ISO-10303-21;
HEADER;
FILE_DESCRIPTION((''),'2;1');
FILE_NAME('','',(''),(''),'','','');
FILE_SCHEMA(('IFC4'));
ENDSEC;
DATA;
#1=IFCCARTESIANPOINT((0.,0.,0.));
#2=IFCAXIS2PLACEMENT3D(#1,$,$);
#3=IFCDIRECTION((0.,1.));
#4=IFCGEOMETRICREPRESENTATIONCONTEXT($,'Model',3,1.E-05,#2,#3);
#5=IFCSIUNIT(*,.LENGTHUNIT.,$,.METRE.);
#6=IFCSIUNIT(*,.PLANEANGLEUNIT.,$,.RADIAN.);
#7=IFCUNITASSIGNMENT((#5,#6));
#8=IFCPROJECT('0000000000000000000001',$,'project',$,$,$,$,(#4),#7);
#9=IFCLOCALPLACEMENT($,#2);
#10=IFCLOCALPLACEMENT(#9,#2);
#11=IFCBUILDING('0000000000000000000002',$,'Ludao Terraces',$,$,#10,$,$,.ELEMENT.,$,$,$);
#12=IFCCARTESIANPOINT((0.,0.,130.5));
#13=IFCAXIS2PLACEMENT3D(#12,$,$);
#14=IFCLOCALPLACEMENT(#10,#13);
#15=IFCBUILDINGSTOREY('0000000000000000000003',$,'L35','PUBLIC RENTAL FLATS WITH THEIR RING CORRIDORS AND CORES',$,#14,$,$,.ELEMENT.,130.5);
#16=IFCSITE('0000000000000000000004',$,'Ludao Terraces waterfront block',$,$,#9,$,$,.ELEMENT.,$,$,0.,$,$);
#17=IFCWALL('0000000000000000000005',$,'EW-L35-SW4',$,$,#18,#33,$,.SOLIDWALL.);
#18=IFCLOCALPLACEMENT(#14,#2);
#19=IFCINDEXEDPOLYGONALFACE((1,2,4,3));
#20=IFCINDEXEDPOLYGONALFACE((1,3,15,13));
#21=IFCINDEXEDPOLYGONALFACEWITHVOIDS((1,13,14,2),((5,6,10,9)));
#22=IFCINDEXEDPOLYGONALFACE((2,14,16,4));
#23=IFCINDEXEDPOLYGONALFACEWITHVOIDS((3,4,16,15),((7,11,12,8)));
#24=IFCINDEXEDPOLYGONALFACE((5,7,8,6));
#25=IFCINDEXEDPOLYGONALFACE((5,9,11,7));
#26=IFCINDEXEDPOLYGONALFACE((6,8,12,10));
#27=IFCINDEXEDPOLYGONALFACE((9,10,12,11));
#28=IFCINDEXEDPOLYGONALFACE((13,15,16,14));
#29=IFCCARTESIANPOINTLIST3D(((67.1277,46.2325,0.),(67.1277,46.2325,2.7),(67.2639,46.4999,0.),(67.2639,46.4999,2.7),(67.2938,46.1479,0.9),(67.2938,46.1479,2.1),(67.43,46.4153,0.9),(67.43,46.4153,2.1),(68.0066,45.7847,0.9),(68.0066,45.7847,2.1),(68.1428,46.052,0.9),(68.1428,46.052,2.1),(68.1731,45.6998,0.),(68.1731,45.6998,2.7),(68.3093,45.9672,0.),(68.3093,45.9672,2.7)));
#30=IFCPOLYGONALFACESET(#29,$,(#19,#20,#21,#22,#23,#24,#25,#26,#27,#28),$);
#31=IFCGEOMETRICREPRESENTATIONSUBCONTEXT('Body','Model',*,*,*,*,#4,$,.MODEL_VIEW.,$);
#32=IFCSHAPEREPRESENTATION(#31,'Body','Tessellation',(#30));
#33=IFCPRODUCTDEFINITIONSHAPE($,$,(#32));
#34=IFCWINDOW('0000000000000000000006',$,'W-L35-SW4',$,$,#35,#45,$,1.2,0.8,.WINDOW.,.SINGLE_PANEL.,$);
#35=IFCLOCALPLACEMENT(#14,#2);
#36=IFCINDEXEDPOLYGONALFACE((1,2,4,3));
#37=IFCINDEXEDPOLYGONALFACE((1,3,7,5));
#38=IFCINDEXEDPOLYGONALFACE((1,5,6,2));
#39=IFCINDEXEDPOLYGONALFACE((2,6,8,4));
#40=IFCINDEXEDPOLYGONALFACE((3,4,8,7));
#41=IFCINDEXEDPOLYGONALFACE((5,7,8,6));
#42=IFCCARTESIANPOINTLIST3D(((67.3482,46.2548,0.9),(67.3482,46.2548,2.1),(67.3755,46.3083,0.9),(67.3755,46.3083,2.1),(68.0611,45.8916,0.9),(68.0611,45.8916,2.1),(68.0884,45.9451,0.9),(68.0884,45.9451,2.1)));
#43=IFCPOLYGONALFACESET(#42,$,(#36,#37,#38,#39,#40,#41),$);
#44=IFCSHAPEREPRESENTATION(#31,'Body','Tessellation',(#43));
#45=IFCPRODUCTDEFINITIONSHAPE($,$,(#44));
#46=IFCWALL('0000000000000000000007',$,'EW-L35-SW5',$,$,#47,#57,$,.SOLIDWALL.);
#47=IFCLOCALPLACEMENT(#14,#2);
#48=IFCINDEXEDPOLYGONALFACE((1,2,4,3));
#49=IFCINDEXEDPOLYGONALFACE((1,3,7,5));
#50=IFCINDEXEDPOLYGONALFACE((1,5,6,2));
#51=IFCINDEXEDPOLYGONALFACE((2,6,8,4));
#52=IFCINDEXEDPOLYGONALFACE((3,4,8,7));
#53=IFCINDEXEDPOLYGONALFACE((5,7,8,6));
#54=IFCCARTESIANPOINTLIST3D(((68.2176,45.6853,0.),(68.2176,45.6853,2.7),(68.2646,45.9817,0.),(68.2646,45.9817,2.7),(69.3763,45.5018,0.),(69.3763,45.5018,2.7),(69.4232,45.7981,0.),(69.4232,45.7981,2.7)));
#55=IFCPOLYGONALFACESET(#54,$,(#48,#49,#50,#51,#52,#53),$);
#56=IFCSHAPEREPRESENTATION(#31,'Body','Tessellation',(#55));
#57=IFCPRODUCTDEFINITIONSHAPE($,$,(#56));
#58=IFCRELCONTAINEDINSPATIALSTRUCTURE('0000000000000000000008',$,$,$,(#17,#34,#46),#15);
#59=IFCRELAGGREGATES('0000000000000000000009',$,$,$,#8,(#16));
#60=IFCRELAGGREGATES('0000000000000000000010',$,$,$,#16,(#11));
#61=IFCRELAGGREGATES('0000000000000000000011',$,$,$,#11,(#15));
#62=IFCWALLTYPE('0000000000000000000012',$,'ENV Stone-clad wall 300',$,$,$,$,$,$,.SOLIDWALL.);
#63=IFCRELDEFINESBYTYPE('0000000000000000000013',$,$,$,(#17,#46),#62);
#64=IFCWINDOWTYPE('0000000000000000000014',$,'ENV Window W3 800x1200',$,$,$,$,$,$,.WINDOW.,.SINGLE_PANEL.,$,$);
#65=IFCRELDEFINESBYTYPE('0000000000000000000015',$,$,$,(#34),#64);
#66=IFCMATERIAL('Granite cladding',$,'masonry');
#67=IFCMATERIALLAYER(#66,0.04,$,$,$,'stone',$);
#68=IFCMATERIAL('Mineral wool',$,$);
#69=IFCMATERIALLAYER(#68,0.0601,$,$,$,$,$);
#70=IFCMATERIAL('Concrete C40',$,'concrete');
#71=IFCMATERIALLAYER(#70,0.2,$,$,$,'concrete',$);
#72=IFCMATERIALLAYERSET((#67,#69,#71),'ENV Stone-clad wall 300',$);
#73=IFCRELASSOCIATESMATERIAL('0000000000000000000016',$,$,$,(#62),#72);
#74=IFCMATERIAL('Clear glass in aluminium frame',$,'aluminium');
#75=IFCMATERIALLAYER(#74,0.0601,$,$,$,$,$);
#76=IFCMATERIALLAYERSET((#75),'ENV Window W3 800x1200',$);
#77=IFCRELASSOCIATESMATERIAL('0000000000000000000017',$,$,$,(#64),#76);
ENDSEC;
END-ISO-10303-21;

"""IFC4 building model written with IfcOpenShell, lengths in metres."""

from ifc_helpers import new_model, si_unit, direction, frame, frame_2d, origin, place, context, subcontext, project, spatial, rectangle, extrude, material, layer, layer_set, type_object, element, fill, save


model = new_model("IFC4")

# Units and contexts
model_context = context("Model", 3, precision=1e-05, world=origin(), true_north=direction((0.0, 1.0)))
body_context = subcontext(model_context, "Body", "Model", "MODEL_VIEW")
ifc_project = project(units=[si_unit("LENGTHUNIT", "METRE"), si_unit("PLANEANGLEUNIT", "RADIAN")], contexts=[model_context])

# Site, building, storey
site_placement = place(None, origin())
site = spatial("IfcSite", under=ifc_project, at=site_placement, Name="Ludao Terraces waterfront block", CompositionType="ELEMENT", RefElevation=0.0)
building_placement = place(site_placement, origin())
building = spatial("IfcBuilding", under=site, at=building_placement, Name="Ludao Terraces", CompositionType="ELEMENT")
storey_placement = place(building_placement, frame((0.0, 0.0, 130.5)))
storey = spatial("IfcBuildingStorey", under=building, at=storey_placement, Name="L35", Description="PUBLIC RENTAL FLATS WITH THEIR RING CORRIDORS AND CORES", CompositionType="ELEMENT", Elevation=130.5)

# Shared definitions
ifc_material_1 = material(Name="Concrete C40", Category="concrete")

# Shared definitions
ifc_material_2 = material(Name="Granite cladding", Category="masonry")
ifc_layer_1 = layer(ifc_material_2, 0.04, Category="stone")
ifc_material_3 = material(Name="Mineral wool")
ifc_layer_2 = layer(ifc_material_3, 0.0601)
ifc_layer_3 = layer(ifc_material_1, 0.2, Category="concrete")
ifc_layer_set_1 = layer_set([ifc_layer_1, ifc_layer_2, ifc_layer_3], Name="ENV Stone-clad wall 300")
wall_type_1 = type_object("IfcWallType", Name="ENV Stone-clad wall 300", PredefinedType="SOLIDWALL", material=ifc_layer_set_1)
ifc_material_4 = material(Name="Clear glass in aluminium frame", Category="aluminium")

# Wall, opening, window
ifc_layer_4 = layer(ifc_material_4, 0.0601)
ifc_layer_set_2 = layer_set([ifc_layer_4], Name="ENV Window W3 800x1200")
window_type_1 = type_object("IfcWindowType", Name="ENV Window W3 800x1200", PartitioningType="SINGLE_PANEL", PredefinedType="WINDOW", material=ifc_layer_set_2)
wall_1_placement = place(storey_placement, frame((67.1958, 46.3662, 0.0), z_axis=(0.0, 0.0, 1.0), x_axis=(0.890989, -0.454026, 0.0)))
wall_1 = element("IfcWall", 1, at=wall_1_placement, inside=storey, type_object=wall_type_1, Name="EW-L35-SW4", PredefinedType="SOLIDWALL", context=body_context, shape_type="SweptSolid", body=[
    extrude(rectangle(XDim=1.1733, YDim=0.3, at=frame_2d((0.5867, 0.0))), origin(), (0.0, 0.0, 1.0), 2.7),
])
opening_1_placement = place(wall_1_placement, frame((0.1865, 0.0, 0.8999)))
opening_1 = element("IfcOpeningElement", 2, at=opening_1_placement, cuts=wall_1, PredefinedType="OPENING", context=body_context, shape_type="SweptSolid", body=[
    extrude(rectangle(XDim=0.8, YDim=1.2, at=frame_2d((0.3999, 0.6001))), frame((0.0, 0.1602, 0.0), z_axis=(0.0, -1.0, 0.0), x_axis=(1.0, 0.0, 0.0)), (0.0, 0.0, 1.0), 0.3201),
])
window_1_placement = place(opening_1_placement, origin())
window_1 = element("IfcWindow", 3, at=window_1_placement, inside=storey, type_object=window_type_1, Name="W-L35-SW4", OverallHeight=1.2, OverallWidth=0.8, PartitioningType="SINGLE_PANEL", PredefinedType="WINDOW", context=body_context, shape_type="SweptSolid", body=[
    extrude(rectangle(XDim=0.8, YDim=1.2, at=frame_2d((0.3999, 0.6001))), frame((0.0, 0.03, 0.0), z_axis=(0.0, -1.0, 0.0), x_axis=(1.0, 0.0, 0.0)), (0.0, 0.0, 1.0), 0.0601),
])
fill(opening_1, window_1)

# Wall
wall_2_placement = place(storey_placement, frame((68.2412, 45.8335, 0.0), z_axis=(0.0, 0.0, 1.0), x_axis=(0.987678, -0.156497, 0.0)))
element("IfcWall", 4, at=wall_2_placement, inside=storey, type_object=wall_type_1, Name="EW-L35-SW5", PredefinedType="SOLIDWALL", context=body_context, shape_type="SweptSolid", body=[
    extrude(rectangle(XDim=1.1731, YDim=0.3, at=frame_2d((0.5864, 0.0))), origin(), (0.0, 0.0, 1.0), 2.7),
])

save(model, "model.ifc")
